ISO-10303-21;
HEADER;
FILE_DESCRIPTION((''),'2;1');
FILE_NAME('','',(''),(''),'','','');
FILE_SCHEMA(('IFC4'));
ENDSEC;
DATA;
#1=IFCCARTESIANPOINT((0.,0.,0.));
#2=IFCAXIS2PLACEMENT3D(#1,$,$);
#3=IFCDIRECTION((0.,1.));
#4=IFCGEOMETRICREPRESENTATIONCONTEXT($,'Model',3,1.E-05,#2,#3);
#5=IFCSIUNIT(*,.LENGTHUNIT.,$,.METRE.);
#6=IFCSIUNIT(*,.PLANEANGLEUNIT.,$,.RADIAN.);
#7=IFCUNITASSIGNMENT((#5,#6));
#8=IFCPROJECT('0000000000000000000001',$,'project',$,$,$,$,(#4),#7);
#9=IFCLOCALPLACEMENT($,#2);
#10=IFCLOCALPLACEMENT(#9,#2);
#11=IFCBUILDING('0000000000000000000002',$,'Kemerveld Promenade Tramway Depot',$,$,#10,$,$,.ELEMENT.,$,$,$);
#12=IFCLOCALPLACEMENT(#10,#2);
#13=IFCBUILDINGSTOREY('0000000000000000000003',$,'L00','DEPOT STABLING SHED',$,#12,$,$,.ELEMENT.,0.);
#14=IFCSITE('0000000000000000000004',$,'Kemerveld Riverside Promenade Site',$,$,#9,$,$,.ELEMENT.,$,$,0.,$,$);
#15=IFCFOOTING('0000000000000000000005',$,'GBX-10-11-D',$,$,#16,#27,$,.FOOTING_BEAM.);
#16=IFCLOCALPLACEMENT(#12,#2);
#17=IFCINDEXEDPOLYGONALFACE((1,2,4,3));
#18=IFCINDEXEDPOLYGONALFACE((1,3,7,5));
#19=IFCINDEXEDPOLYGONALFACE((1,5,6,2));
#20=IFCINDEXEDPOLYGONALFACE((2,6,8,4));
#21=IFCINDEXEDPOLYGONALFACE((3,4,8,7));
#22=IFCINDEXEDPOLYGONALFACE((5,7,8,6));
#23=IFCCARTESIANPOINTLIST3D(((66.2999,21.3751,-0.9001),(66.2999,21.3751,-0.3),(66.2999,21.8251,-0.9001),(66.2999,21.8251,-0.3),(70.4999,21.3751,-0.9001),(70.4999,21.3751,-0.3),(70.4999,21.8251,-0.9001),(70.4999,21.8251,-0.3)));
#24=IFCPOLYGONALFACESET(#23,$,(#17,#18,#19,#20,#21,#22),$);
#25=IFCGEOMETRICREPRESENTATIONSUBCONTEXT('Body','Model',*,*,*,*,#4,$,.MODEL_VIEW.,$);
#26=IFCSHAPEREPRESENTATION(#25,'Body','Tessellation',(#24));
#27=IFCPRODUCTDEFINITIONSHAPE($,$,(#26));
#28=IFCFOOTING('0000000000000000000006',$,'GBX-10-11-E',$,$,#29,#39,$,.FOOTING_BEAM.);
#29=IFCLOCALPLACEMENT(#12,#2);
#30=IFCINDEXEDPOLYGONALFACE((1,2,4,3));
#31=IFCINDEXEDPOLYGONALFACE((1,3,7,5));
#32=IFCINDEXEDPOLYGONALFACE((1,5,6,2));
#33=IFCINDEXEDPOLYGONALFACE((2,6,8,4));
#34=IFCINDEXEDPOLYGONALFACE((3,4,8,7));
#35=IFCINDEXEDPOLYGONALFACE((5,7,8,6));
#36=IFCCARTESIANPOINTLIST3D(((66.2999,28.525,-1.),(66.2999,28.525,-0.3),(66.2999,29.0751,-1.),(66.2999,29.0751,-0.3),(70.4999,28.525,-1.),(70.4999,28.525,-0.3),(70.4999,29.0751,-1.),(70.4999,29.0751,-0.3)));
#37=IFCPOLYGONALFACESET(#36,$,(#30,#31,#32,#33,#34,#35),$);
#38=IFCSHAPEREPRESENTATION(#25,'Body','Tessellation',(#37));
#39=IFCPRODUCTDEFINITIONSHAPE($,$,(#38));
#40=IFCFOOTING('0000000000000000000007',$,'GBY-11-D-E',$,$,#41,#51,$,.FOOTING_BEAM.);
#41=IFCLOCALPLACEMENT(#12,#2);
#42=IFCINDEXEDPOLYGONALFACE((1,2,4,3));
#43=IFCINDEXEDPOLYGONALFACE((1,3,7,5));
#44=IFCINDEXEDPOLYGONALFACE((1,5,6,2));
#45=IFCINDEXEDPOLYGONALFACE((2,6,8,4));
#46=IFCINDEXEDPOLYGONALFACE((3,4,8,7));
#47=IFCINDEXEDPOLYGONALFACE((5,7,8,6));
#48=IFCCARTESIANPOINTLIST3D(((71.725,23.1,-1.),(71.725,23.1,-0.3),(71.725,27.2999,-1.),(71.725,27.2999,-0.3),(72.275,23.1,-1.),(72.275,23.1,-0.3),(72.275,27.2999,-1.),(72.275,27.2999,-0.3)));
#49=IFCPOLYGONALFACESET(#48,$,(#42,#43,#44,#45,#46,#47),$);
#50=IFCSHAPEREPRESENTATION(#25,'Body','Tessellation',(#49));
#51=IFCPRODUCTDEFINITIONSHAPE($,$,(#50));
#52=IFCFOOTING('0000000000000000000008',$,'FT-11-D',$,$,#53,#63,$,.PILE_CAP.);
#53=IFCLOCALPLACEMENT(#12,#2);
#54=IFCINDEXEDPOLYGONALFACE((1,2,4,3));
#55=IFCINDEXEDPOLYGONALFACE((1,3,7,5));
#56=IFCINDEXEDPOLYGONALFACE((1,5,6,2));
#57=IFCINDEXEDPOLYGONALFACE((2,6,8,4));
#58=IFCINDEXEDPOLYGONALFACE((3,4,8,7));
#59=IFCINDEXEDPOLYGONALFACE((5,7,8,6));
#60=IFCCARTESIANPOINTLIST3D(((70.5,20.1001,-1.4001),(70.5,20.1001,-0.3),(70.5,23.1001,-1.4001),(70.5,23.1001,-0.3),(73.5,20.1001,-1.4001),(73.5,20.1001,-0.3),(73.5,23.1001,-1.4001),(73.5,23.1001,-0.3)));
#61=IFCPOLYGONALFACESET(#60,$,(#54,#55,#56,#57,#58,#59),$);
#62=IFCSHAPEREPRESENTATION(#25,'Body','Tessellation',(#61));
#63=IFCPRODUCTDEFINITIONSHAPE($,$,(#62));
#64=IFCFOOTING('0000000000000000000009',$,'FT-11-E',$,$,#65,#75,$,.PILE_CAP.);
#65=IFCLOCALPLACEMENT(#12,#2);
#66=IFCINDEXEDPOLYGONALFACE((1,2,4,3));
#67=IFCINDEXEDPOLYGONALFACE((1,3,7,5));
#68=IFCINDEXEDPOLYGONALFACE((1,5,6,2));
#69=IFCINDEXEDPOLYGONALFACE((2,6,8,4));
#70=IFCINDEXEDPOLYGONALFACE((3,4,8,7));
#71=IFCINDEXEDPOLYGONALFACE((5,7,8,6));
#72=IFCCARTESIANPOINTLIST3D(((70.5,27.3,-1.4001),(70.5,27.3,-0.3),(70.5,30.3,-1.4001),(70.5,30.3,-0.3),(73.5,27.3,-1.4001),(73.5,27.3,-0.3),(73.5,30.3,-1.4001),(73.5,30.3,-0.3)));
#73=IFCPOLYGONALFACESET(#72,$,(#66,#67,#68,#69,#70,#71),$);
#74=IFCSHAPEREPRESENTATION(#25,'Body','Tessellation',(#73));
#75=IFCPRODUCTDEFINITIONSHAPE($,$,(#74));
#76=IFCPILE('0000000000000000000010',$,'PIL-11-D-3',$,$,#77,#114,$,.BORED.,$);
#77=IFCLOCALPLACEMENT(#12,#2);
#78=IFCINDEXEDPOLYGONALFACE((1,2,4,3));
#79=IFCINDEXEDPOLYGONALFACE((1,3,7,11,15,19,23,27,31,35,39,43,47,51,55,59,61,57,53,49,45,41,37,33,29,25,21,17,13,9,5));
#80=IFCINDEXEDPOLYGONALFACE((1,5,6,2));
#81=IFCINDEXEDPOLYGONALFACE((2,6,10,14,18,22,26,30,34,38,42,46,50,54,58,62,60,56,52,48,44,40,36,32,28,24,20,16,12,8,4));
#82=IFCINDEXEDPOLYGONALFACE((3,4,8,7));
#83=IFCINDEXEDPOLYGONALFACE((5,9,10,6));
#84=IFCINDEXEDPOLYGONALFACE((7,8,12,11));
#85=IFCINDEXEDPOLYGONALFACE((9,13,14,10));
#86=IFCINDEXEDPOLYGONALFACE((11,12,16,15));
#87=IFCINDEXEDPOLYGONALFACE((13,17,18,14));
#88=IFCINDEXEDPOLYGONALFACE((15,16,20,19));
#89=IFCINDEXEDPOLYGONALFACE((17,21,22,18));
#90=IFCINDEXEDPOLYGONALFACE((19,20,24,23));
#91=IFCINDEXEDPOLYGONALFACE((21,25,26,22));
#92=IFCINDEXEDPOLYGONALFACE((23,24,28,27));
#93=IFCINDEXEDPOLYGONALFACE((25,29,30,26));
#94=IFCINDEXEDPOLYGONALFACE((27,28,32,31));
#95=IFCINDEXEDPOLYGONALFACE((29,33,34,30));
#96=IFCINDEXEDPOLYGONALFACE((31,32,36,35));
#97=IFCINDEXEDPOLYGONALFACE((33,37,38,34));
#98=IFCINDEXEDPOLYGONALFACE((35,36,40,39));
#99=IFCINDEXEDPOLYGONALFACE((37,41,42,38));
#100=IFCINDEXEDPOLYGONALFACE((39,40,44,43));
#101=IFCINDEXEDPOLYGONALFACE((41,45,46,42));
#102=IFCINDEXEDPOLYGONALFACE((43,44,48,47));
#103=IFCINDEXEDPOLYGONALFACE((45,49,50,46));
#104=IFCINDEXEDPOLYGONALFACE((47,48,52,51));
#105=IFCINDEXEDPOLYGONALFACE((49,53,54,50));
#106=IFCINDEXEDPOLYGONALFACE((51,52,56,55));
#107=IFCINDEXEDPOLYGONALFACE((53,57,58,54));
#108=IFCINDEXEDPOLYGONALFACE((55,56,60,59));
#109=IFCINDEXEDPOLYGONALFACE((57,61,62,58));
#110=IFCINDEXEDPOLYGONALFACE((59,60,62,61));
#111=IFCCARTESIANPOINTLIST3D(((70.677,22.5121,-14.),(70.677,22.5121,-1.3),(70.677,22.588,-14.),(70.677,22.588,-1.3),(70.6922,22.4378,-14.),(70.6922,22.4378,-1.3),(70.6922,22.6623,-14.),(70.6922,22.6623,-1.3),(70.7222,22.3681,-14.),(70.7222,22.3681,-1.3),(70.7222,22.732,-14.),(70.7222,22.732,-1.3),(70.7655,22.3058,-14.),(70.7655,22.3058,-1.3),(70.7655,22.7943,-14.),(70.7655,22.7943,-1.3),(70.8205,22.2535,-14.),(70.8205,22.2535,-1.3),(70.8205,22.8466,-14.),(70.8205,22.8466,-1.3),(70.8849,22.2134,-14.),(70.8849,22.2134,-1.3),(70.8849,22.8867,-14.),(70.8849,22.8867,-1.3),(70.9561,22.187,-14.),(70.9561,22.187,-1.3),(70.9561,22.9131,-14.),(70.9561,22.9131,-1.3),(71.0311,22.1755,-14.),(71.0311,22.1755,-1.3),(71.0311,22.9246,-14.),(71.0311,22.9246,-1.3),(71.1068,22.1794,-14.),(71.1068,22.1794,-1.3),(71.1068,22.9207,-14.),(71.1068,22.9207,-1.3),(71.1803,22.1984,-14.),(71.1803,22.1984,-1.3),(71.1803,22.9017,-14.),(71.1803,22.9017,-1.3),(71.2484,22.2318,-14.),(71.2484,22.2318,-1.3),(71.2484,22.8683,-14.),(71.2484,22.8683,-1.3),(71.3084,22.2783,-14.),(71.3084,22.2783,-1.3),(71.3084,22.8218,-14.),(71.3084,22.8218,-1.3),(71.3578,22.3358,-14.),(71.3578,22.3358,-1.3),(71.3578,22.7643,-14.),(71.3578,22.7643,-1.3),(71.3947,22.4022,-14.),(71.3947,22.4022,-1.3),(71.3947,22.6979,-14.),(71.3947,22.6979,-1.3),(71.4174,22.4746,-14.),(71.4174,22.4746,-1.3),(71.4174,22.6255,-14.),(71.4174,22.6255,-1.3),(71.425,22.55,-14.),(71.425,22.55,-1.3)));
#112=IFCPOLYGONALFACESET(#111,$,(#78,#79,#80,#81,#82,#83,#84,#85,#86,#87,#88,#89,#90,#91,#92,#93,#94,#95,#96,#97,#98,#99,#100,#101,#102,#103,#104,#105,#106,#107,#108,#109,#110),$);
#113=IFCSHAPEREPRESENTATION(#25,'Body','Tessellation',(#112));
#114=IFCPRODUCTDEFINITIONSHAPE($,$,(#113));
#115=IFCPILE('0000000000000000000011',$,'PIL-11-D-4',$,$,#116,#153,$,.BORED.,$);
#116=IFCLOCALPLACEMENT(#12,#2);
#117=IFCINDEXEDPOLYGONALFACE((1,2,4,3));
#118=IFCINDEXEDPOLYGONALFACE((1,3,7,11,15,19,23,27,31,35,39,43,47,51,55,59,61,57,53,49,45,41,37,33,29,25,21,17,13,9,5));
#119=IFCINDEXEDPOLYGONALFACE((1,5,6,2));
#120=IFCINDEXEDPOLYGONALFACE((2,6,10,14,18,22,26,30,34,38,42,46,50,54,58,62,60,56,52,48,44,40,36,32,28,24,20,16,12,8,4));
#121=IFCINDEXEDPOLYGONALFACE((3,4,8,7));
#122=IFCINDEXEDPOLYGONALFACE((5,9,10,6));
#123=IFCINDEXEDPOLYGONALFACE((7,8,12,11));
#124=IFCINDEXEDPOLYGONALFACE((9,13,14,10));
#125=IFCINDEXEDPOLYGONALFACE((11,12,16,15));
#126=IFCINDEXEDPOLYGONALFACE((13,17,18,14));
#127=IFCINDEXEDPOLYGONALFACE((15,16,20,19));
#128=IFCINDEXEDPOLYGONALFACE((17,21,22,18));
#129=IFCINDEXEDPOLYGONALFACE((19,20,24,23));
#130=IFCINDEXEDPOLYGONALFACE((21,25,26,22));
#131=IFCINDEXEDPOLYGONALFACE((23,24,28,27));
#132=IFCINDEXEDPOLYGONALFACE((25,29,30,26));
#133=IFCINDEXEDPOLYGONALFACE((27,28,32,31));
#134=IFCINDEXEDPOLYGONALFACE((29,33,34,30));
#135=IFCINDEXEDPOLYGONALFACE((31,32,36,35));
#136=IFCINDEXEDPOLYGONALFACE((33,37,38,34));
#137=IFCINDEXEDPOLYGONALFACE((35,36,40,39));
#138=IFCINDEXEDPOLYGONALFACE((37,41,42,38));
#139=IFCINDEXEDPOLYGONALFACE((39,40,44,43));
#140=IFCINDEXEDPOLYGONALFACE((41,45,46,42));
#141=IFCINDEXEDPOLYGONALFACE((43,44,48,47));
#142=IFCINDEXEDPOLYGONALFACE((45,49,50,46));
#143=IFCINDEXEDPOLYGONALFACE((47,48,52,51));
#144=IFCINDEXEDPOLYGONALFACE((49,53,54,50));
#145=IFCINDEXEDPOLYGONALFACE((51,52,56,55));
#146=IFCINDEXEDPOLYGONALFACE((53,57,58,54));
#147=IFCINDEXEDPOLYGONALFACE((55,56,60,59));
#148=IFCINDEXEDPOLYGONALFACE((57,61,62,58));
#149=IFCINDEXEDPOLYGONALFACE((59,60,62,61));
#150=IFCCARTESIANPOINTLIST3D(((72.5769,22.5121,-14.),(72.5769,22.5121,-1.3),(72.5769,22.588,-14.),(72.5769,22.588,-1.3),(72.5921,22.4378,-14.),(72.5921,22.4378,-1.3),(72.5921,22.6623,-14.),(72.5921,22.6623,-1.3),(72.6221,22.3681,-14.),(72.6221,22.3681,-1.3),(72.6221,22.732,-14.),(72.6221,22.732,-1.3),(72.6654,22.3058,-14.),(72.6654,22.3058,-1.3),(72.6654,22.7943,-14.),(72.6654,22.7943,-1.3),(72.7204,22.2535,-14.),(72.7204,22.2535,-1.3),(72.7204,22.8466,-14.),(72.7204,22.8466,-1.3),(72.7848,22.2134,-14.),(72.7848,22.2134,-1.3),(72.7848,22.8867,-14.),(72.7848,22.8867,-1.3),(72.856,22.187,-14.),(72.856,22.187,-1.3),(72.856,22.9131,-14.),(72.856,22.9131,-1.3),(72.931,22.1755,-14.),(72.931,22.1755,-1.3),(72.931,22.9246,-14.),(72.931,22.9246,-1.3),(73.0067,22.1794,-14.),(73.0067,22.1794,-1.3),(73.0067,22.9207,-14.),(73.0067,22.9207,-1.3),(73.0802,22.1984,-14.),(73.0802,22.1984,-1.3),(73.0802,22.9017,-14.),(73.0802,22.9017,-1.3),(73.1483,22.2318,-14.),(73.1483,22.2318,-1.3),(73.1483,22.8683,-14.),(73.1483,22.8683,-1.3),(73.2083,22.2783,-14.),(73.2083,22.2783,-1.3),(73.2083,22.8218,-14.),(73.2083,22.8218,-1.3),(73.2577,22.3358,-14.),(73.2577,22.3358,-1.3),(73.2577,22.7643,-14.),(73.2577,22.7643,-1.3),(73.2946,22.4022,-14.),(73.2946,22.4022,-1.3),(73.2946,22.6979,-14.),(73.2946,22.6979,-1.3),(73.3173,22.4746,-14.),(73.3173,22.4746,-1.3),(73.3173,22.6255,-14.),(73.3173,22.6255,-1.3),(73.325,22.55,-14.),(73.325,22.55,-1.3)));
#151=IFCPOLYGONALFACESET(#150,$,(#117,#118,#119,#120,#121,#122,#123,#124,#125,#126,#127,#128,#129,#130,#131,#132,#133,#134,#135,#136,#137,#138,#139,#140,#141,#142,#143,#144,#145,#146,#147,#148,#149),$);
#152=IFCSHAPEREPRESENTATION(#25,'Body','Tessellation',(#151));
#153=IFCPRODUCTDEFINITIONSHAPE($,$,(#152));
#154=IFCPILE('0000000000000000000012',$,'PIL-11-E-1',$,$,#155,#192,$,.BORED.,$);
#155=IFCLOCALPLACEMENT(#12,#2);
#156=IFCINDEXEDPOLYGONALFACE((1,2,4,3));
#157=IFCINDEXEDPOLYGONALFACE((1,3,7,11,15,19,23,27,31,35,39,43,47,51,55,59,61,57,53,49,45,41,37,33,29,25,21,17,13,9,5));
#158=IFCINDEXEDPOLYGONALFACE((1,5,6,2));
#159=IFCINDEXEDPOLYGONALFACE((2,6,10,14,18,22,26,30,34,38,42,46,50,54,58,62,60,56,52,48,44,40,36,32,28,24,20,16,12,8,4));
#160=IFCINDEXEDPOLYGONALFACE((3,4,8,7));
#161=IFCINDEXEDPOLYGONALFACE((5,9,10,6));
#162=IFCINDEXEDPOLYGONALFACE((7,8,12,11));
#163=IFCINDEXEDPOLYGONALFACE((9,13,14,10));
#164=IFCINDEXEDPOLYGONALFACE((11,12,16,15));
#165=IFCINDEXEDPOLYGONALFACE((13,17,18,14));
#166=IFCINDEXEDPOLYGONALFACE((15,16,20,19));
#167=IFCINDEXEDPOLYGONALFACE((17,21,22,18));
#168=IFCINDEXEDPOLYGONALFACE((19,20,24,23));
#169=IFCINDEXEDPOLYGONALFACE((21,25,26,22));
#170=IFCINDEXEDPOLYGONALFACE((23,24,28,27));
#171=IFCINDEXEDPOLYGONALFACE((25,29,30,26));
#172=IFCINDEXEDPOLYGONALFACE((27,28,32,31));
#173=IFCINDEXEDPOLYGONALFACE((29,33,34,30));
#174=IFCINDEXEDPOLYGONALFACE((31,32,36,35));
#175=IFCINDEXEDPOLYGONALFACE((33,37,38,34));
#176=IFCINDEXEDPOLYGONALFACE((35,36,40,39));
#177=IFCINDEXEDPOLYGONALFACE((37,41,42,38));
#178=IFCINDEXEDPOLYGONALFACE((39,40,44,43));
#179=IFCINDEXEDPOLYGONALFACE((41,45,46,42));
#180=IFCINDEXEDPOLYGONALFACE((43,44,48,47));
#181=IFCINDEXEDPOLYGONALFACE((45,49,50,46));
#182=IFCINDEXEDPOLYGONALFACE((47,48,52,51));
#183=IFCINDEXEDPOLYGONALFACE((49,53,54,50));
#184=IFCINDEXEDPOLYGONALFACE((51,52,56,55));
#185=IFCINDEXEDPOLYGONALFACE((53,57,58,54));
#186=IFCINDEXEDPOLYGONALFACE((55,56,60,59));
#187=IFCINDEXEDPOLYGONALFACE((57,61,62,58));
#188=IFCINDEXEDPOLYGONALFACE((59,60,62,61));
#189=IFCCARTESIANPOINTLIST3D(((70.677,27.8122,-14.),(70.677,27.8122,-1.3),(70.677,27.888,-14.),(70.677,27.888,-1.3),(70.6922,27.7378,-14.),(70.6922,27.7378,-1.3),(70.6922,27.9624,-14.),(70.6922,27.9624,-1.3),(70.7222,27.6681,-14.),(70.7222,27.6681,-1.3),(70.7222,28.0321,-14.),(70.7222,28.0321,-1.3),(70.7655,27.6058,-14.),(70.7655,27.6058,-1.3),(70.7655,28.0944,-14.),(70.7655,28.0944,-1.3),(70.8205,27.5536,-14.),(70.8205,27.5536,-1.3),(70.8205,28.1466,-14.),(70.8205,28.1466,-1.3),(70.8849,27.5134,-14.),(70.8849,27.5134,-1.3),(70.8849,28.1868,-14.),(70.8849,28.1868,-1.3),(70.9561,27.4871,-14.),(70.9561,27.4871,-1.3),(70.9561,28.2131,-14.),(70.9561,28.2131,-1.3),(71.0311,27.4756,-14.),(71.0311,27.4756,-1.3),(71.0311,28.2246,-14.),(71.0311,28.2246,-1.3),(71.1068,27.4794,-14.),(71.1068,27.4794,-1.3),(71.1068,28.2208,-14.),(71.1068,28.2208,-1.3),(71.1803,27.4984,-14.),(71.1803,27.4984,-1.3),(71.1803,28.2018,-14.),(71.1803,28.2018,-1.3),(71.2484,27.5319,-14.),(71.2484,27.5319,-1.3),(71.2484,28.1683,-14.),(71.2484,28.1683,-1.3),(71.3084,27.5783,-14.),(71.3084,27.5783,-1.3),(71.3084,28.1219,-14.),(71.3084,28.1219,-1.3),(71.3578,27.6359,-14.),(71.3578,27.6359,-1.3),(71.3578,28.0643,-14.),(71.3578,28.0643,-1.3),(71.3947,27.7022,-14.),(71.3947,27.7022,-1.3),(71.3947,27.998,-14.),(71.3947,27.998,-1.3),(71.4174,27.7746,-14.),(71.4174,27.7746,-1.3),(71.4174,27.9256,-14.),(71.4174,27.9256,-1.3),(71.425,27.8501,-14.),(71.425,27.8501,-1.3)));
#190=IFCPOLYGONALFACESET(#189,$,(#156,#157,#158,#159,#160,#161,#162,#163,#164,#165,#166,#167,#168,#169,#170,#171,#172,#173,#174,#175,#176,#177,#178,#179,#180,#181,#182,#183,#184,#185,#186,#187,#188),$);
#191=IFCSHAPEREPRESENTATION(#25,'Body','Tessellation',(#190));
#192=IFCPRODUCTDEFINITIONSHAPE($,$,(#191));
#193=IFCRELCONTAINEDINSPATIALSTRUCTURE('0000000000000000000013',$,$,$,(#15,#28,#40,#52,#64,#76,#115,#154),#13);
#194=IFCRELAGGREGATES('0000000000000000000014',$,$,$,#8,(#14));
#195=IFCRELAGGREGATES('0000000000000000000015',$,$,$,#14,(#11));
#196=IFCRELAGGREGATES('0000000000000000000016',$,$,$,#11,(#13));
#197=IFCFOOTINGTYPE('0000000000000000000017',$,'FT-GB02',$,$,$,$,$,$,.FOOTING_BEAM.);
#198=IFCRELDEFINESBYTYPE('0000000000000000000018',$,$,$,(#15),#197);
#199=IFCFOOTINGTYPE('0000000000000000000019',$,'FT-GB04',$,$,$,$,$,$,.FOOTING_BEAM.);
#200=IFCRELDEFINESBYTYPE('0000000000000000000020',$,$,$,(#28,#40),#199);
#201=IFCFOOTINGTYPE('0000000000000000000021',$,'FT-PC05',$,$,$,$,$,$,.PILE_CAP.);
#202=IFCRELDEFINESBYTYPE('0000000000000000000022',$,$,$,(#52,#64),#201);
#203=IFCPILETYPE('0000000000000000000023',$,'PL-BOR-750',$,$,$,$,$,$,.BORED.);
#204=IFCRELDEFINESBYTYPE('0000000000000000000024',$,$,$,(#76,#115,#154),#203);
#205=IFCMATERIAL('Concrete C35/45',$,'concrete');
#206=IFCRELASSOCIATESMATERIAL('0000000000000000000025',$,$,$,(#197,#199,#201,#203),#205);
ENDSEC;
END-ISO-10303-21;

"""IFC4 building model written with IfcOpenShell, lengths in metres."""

from ifc_helpers import new_model, si_unit, direction, frame, origin, origin_2d, place, context, subcontext, project, spatial, rectangle, circle, extrude, material, material_profile, profile_set, type_object, element, save


model = new_model("IFC4")

# Units and contexts
model_context = context("Model", 3, precision=1e-05, world=origin(), true_north=direction((0.0, 1.0)))
body_context = subcontext(model_context, "Body", "Model", "MODEL_VIEW")
ifc_project = project(units=[si_unit("LENGTHUNIT", "METRE"), si_unit("PLANEANGLEUNIT", "RADIAN")], contexts=[model_context])

# Site, building, storey
site_placement = place(None, origin())
site = spatial("IfcSite", under=ifc_project, at=site_placement, Name="Kemerveld Riverside Promenade Site", CompositionType="ELEMENT", RefElevation=0.0)
building_placement = place(site_placement, origin())
building = spatial("IfcBuilding", under=site, at=building_placement, Name="Kemerveld Promenade Tramway Depot", CompositionType="ELEMENT")
storey_placement = place(building_placement, origin())
storey = spatial("IfcBuildingStorey", under=building, at=storey_placement, Name="L00", Description="DEPOT STABLING SHED", CompositionType="ELEMENT", Elevation=0.0)

# Footings
ifc_material_1 = material(Name="Concrete C35/45", Category="concrete")
footing_type_1 = type_object("IfcFootingType", Name="FT-GB02", PredefinedType="FOOTING_BEAM", material=ifc_material_1)
footing_placement = place(storey_placement, frame((68.3999, 21.6001, -0.9001), z_axis=(0.0, 0.0, 1.0), x_axis=(1.0, 0.0, 0.0)))
element("IfcFooting", 1, at=footing_placement, inside=storey, type_object=footing_type_1, Name="GBX-10-11-D", PredefinedType="FOOTING_BEAM", context=body_context, shape_type="SweptSolid", body=[
    extrude(rectangle(XDim=4.2, YDim=0.45, at=origin_2d()), origin(), (0.0, 0.0, 1.0), 0.6001),
])
footing_type_2 = type_object("IfcFootingType", Name="FT-GB04", PredefinedType="FOOTING_BEAM", material=ifc_material_1)
for number, where, z_axis, x_axis, name in (
    (2, (68.3999, 28.8, -1.0), (0.0, 0.0, 1.0), (1.0, 0.0, 0.0), "GBX-10-11-E"),
    (3, (72.0, 25.2, -1.0), (0.0, 0.0, 1.0), (0.0, 1.0, 0.0), "GBY-11-D-E"),
):
    element("IfcFooting", number, at=place(storey_placement, frame(where, z_axis=z_axis, x_axis=x_axis)), inside=storey, type_object=footing_type_2, Name=name, PredefinedType="FOOTING_BEAM", context=body_context, shape_type="SweptSolid", body=[
        extrude(rectangle(XDim=4.2, YDim=0.55, at=origin_2d()), origin(), (0.0, 0.0, 1.0), 0.7),
    ])
footing_type_3 = type_object("IfcFootingType", Name="FT-PC05", PredefinedType="PILE_CAP", material=ifc_material_1)
for number, where, z_axis, x_axis, name in (
    (4, (72.0, 21.6001, -1.4001), (0.0, 0.0, 1.0), (1.0, 0.0, 0.0), "FT-11-D"),
    (5, (72.0, 28.8, -1.4001), (0.0, 0.0, 1.0), (1.0, 0.0, 0.0), "FT-11-E"),
):
    element("IfcFooting", number, at=place(storey_placement, frame(where, z_axis=z_axis, x_axis=x_axis)), inside=storey, type_object=footing_type_3, Name=name, PredefinedType="PILE_CAP", context=body_context, shape_type="SweptSolid", body=[
        extrude(rectangle(XDim=3.0, YDim=3.0, at=origin_2d()), origin(), (0.0, 0.0, 1.0), 1.1001),
    ])

# Piles
ifc_material_profile_1 = material_profile(ifc_material_1, circle(Radius=0.375, at=origin_2d()), Name="PILE-D750")
ifc_profile_set_1 = profile_set([ifc_material_profile_1], Name="Concrete C35/45")
pile_type = type_object("IfcPileType", Name="PL-BOR-750", PredefinedType="BORED", material=ifc_profile_set_1)
for number, where, z_axis, x_axis, name in (
    (6, (71.05, 22.55, -1.3), (0.0, 0.0, -1.0), (1.0, 0.0, 0.0), "PIL-11-D-3"),
    (7, (72.95, 22.55, -1.3), (0.0, 0.0, -1.0), (1.0, 0.0, 0.0), "PIL-11-D-4"),
    (8, (71.05, 27.8501, -1.3), (0.0, 0.0, -1.0), (1.0, 0.0, 0.0), "PIL-11-E-1"),
):
    element("IfcPile", number, at=place(storey_placement, frame(where, z_axis=z_axis, x_axis=x_axis)), inside=storey, type_object=pile_type, Name=name, PredefinedType="BORED", context=body_context, shape_type="SweptSolid", body=[
        extrude(circle(Radius=0.375, at=origin_2d()), origin(), (0.0, 0.0, 1.0), 12.7),
    ])

save(model, "model.ifc")
